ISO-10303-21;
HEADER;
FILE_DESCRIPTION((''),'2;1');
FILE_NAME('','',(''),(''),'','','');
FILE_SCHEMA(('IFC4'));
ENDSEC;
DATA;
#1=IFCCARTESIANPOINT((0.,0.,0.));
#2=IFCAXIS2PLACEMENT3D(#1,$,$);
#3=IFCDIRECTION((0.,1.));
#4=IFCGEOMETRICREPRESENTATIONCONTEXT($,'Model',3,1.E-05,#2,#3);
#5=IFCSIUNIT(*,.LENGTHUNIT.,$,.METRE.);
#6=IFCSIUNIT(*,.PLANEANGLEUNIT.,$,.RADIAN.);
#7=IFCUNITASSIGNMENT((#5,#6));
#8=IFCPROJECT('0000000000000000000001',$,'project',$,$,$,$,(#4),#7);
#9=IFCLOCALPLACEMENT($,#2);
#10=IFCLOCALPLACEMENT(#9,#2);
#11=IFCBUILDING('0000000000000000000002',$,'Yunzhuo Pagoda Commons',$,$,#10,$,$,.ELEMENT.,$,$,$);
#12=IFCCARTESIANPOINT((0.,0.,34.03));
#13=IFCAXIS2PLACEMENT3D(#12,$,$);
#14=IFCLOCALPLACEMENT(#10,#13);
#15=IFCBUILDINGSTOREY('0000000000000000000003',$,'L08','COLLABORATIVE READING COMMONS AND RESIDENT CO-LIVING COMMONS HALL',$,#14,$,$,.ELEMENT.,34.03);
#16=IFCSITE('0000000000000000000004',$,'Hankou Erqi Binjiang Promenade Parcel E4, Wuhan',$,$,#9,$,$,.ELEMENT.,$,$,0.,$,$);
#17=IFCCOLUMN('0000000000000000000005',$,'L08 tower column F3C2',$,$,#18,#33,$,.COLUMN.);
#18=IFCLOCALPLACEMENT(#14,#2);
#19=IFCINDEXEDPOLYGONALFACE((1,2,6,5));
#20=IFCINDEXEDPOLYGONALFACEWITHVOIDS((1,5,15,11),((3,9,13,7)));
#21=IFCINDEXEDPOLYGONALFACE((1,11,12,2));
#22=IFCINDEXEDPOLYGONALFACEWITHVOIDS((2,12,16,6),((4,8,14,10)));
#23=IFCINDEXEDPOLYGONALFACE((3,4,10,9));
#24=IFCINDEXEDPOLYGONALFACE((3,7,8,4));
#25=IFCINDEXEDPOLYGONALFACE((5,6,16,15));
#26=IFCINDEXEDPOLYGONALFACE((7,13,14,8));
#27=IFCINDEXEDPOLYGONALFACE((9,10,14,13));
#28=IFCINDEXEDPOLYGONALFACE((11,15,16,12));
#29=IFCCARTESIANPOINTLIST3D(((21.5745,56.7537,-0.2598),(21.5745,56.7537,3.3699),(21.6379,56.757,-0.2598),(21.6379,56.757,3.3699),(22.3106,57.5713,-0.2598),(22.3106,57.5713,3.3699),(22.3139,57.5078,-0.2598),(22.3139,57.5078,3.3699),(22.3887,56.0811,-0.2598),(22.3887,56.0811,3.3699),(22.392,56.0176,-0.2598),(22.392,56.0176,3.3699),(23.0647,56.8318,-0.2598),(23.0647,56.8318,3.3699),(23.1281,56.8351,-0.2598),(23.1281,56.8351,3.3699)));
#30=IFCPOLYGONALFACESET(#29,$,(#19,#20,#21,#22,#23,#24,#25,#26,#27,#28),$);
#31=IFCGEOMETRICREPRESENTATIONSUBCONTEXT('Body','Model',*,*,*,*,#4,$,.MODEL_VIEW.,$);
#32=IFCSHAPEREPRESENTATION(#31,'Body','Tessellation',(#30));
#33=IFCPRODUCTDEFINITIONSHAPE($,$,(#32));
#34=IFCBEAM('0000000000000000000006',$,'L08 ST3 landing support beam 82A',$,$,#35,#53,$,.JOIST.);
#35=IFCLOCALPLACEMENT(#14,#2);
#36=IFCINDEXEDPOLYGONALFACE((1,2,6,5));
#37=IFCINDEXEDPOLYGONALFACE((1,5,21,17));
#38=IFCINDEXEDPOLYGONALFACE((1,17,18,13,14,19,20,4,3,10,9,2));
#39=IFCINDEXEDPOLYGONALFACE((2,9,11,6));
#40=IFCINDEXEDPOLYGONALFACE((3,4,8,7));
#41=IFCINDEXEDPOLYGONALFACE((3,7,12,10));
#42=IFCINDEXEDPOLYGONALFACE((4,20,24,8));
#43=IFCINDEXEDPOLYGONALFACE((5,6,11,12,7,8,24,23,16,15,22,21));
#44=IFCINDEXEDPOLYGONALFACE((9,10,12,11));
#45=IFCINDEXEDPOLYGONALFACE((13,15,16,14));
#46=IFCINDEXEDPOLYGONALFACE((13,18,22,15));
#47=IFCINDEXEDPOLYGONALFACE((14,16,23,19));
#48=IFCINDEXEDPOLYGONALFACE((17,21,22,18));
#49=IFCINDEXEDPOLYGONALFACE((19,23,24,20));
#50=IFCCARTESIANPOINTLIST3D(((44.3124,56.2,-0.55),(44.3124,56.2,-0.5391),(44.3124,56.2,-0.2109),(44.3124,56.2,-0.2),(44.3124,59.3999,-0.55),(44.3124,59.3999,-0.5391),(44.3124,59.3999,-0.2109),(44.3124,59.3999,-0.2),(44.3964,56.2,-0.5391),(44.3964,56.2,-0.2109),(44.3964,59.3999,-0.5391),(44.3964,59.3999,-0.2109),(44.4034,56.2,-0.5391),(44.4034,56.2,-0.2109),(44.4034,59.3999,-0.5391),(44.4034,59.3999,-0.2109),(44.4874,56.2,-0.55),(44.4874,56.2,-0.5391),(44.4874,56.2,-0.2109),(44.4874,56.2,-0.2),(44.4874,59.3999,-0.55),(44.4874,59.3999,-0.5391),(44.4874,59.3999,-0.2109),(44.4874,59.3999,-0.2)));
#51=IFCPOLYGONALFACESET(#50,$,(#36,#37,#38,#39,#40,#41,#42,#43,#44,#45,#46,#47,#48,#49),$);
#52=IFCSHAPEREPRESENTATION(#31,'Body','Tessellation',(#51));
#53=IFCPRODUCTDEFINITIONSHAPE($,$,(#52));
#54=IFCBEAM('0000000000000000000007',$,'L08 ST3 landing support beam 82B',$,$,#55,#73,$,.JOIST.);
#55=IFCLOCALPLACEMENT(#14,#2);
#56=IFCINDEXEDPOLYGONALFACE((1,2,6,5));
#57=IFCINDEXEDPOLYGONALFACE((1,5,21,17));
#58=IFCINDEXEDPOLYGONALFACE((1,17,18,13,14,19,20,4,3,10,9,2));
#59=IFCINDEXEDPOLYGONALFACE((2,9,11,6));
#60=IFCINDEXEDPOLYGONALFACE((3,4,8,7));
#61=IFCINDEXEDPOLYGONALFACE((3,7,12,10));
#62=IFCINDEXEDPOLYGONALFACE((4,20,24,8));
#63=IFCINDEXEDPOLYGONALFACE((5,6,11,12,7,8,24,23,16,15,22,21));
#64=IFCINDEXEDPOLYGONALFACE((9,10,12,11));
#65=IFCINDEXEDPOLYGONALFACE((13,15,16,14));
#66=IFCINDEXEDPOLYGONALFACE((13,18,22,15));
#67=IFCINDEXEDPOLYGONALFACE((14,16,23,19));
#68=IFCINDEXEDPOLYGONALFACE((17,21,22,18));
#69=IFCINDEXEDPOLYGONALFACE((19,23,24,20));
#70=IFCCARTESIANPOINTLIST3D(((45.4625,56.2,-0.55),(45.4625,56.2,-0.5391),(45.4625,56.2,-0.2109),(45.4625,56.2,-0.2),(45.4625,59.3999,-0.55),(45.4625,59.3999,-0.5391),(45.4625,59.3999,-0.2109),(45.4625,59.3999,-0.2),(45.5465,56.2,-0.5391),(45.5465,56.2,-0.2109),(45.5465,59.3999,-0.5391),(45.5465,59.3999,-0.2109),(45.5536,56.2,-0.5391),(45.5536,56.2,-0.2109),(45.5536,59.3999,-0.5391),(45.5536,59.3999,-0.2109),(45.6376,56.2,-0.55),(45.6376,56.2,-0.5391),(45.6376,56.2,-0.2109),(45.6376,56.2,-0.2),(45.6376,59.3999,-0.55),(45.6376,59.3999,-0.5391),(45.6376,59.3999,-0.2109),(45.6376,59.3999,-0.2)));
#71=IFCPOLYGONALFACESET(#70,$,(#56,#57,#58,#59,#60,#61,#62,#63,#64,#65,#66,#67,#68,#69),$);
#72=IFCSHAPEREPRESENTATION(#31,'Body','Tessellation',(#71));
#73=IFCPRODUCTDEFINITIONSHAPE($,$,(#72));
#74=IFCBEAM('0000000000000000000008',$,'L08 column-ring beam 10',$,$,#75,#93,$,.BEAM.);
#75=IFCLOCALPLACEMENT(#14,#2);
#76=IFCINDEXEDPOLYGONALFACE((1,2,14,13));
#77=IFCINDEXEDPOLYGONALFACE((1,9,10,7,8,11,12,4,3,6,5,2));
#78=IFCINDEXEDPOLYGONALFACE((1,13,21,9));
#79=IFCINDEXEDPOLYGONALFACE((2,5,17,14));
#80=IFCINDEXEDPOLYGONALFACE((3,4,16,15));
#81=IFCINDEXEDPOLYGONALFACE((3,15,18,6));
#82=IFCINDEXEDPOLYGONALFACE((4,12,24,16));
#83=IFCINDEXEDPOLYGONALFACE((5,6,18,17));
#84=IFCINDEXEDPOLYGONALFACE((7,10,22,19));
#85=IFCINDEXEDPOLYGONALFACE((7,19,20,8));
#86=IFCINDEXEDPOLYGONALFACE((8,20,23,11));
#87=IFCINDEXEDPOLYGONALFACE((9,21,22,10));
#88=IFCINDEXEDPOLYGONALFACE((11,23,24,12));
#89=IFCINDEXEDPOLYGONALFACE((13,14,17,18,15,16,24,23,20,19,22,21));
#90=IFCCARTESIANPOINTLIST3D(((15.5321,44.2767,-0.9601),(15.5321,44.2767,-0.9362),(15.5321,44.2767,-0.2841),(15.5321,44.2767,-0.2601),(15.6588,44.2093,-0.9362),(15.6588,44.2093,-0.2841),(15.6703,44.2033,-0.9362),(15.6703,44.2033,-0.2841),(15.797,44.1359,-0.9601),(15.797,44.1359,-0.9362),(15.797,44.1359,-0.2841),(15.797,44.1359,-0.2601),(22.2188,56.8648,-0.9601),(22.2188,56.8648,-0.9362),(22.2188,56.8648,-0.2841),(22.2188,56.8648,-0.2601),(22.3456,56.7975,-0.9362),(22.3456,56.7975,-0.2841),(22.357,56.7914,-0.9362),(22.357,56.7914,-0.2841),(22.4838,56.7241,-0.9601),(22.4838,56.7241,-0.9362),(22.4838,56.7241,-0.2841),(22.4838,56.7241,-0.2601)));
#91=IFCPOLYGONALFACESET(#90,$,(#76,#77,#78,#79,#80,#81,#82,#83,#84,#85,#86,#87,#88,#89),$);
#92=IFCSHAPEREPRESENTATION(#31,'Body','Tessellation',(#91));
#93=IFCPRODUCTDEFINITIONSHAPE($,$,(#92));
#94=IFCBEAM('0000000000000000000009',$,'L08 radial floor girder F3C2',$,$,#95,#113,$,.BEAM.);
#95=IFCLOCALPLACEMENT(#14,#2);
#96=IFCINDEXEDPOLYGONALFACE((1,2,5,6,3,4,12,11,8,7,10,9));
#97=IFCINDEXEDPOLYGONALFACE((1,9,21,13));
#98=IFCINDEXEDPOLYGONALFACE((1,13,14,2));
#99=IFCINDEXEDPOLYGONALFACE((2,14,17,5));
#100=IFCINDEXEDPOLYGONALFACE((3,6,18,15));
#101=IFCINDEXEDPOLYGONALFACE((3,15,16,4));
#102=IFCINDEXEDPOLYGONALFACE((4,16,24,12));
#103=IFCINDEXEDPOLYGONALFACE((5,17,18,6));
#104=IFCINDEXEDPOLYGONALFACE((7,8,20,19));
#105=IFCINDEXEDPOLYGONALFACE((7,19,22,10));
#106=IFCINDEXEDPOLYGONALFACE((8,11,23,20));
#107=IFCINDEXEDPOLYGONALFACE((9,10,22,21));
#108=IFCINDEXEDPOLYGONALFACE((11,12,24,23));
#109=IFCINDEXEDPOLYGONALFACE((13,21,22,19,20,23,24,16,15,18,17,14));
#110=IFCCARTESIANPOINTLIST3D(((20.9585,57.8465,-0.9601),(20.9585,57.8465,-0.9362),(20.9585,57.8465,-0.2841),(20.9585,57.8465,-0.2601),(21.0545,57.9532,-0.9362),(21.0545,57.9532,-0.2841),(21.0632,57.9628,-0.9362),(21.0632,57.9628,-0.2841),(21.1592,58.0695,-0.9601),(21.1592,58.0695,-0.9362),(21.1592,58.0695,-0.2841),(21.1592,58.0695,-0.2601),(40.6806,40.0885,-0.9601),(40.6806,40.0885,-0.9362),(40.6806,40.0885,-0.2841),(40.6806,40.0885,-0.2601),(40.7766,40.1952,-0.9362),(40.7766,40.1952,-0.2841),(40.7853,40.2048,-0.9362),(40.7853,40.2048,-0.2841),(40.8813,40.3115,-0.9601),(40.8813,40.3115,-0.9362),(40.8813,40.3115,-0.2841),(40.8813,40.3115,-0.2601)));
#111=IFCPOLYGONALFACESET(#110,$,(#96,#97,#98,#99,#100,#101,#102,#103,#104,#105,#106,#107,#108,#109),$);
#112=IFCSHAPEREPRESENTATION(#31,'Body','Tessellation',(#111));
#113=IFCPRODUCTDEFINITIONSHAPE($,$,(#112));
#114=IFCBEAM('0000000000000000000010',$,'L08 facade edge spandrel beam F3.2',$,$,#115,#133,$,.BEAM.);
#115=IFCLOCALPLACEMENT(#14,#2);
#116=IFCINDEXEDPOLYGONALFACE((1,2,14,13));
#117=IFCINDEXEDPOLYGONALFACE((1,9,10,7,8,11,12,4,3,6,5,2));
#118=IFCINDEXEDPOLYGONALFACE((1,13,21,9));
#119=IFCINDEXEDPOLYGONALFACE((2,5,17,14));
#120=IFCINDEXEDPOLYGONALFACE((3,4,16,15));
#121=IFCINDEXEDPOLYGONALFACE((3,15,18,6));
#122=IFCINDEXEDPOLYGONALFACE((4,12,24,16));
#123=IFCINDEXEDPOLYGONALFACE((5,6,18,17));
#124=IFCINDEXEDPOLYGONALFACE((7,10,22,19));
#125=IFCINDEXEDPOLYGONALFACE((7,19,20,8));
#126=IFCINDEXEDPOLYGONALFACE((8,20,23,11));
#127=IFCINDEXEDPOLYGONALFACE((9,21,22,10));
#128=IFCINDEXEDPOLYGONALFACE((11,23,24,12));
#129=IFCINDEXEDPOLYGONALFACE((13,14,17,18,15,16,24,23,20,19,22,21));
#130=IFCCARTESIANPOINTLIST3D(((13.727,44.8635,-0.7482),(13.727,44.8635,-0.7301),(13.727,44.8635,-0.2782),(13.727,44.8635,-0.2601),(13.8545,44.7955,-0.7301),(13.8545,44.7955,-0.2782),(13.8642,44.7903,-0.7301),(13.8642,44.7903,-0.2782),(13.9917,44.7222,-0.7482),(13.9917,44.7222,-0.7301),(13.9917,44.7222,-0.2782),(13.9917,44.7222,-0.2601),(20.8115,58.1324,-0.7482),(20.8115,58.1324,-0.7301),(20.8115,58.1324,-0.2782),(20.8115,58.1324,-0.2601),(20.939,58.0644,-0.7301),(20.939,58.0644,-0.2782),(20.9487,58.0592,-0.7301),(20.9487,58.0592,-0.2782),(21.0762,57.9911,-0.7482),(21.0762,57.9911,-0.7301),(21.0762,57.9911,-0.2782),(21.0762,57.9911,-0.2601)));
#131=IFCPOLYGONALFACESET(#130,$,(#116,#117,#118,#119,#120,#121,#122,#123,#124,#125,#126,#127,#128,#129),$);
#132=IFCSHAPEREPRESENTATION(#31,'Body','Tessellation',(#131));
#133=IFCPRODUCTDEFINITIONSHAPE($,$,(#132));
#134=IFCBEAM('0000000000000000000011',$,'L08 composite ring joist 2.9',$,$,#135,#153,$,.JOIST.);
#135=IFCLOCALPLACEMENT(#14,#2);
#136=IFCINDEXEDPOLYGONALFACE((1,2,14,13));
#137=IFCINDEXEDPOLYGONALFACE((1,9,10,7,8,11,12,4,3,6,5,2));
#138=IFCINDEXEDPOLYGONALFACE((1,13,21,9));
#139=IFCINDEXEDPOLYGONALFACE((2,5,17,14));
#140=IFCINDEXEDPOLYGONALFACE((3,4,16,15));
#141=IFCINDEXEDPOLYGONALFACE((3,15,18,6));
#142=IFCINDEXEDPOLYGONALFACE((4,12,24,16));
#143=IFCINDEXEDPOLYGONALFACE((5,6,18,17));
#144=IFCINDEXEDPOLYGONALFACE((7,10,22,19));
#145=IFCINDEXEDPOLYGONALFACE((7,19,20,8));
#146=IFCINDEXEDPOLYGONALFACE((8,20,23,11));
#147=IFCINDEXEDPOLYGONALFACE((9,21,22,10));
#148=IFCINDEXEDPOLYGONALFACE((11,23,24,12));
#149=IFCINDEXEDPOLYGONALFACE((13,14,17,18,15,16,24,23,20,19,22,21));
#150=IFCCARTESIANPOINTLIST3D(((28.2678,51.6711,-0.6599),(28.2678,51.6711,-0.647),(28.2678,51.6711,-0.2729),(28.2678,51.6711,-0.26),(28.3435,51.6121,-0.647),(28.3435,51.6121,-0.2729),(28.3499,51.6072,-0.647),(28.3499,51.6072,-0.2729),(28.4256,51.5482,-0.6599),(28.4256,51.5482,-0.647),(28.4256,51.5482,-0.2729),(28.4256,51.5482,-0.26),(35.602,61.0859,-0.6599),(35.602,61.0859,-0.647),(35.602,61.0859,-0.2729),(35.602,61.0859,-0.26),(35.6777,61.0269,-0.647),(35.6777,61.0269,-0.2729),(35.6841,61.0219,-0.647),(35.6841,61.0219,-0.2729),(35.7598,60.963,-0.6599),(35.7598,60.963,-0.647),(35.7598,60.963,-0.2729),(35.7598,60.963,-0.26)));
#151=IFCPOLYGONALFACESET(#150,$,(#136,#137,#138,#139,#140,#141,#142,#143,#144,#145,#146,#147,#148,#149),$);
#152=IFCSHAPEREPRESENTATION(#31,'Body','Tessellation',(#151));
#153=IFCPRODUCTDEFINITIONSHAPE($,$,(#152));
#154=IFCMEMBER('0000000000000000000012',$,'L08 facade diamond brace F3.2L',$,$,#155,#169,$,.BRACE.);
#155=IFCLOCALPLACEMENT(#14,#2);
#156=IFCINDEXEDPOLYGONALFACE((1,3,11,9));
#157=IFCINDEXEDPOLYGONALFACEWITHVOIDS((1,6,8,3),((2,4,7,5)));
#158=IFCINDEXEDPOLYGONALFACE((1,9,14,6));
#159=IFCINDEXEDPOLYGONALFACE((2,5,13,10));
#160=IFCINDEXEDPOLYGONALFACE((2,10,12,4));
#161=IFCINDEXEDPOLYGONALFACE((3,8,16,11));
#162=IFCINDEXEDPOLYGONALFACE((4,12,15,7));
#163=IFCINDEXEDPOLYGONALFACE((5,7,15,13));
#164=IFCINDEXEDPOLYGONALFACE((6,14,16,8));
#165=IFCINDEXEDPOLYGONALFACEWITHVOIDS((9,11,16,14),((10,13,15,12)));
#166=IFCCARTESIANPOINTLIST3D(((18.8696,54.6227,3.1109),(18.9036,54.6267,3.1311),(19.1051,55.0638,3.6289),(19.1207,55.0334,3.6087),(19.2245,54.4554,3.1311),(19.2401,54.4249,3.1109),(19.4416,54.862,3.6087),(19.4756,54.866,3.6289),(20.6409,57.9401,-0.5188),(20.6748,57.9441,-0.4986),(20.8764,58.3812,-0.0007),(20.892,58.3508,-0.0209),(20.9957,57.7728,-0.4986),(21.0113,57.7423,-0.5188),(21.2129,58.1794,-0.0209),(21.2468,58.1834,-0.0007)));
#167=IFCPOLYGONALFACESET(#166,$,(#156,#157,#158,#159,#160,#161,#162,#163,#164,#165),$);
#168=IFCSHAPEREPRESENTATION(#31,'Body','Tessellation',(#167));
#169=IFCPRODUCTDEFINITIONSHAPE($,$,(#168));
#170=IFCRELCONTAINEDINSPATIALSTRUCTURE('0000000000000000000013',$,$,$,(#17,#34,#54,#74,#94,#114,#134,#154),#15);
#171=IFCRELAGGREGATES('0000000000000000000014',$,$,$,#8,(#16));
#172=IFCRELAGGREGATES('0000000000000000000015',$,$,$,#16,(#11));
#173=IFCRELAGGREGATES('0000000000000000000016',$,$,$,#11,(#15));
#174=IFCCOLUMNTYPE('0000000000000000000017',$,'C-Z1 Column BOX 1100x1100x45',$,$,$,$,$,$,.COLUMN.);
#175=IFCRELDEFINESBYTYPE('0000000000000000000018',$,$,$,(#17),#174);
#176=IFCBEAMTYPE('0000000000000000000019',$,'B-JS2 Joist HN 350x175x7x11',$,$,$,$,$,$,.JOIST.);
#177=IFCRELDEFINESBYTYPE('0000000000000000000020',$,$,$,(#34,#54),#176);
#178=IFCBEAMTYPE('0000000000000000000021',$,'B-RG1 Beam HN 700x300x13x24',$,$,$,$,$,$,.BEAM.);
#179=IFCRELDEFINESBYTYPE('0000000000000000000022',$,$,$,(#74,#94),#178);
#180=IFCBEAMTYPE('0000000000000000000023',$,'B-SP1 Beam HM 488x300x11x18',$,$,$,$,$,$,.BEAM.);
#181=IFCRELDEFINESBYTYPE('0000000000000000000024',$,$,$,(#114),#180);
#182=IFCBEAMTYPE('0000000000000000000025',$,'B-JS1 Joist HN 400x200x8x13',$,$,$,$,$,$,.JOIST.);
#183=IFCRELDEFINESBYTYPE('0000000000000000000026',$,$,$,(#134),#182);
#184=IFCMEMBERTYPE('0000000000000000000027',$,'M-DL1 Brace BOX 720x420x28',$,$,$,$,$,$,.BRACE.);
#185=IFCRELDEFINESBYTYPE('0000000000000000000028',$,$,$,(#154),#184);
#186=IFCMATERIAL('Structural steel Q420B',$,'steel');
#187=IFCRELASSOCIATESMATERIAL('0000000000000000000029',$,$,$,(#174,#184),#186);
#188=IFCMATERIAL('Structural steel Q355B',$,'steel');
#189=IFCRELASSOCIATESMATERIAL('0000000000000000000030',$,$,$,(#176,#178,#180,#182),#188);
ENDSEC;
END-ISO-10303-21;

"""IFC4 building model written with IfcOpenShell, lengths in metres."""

from ifc_helpers import new_model, si_unit, direction, frame, origin, origin_2d, place, context, subcontext, project, spatial, hollow_rectangle, i_section, extrude, source, transform, mapped, material, material_profile, profile_set, type_object, element, save


model = new_model("IFC4")

# Units and contexts
model_context = context("Model", 3, precision=1e-05, world=origin(), true_north=direction((0.0, 1.0)))
body_context = subcontext(model_context, "Body", "Model", "MODEL_VIEW")
ifc_project = project(units=[si_unit("LENGTHUNIT", "METRE"), si_unit("PLANEANGLEUNIT", "RADIAN")], contexts=[model_context])

# Site, building, storey
site_placement = place(None, origin())
site = spatial("IfcSite", under=ifc_project, at=site_placement, Name="Hankou Erqi Binjiang Promenade Parcel E4, Wuhan", CompositionType="ELEMENT", RefElevation=0.0)
building_placement = place(site_placement, origin())
building = spatial("IfcBuilding", under=site, at=building_placement, Name="Yunzhuo Pagoda Commons", CompositionType="ELEMENT")
storey_placement = place(building_placement, frame((0.0, 0.0, 34.03)))
storey = spatial("IfcBuildingStorey", under=building, at=storey_placement, Name="L08", Description="COLLABORATIVE READING COMMONS AND RESIDENT CO-LIVING COMMONS HALL", CompositionType="ELEMENT", Elevation=34.03)

# Column
ifc_material_1 = material(Name="Structural steel Q420B", Category="steel")
ifc_material_profile_1 = material_profile(ifc_material_1, hollow_rectangle(XDim=1.1001, YDim=1.1001, WallThickness=0.0449, at=origin_2d()), Name="Structural steel Q420B")
ifc_profile_set_1 = profile_set([ifc_material_profile_1], Name="Structural steel Q420B")
column_type = type_object("IfcColumnType", Name="C-Z1 Column BOX 1100x1100x45", PredefinedType="COLUMN", material=ifc_profile_set_1)
shared_shape_1 = source(origin(), body_context, "Body", "SweptSolid", [
    extrude(hollow_rectangle(XDim=1.1001, YDim=1.1001, WallThickness=0.0449, at=origin_2d()), origin(), (0.0, 0.0, 1.0), 3.6296),
])
column_placement = place(storey_placement, frame((22.3513, 56.7944, -0.2598), z_axis=(0.0, 0.0, 1.0), x_axis=(-0.669131, -0.743145, 0.0)))
element("IfcColumn", 1, at=column_placement, inside=storey, type_object=column_type, Name="L08 tower column F3C2", PredefinedType="COLUMN", context=body_context, shape_type="MappedRepresentation", body=[
    mapped(shared_shape_1, transform((0.0, 0.0, 0.0), scale=1.0)),
])

# Beams
ifc_material_2 = material(Name="Structural steel Q355B", Category="steel")
ifc_material_profile_2 = material_profile(ifc_material_2, i_section(OverallWidth=0.175, OverallDepth=0.3501, WebThickness=0.0071, FlangeThickness=0.011, at=origin_2d()), Name="Structural steel Q355B")
ifc_profile_set_2 = profile_set([ifc_material_profile_2], Name="Structural steel Q355B")
beam_type_1 = type_object("IfcBeamType", Name="B-JS2 Joist HN 350x175x7x11", PredefinedType="JOIST", material=ifc_profile_set_2)
shared_shape_2 = source(origin(), body_context, "Body", "SweptSolid", [
    extrude(i_section(OverallWidth=0.175, OverallDepth=0.3501, WebThickness=0.0071, FlangeThickness=0.011, at=origin_2d()), origin(), (0.0, 0.0, 1.0), 3.2),
])
for number, where, z_axis, x_axis, name in (
    (2, (44.3999, 56.2, -0.375), (0.0, 1.0, 0.0), (-1.0, 0.0, 0.0), "L08 ST3 landing support beam 82A"),
    (3, (45.55, 56.2, -0.375), (0.0, 1.0, 0.0), (-1.0, 0.0, 0.0), "L08 ST3 landing support beam 82B"),
):
    element("IfcBeam", number, at=place(storey_placement, frame(where, z_axis=z_axis, x_axis=x_axis)), inside=storey, type_object=beam_type_1, Name=name, PredefinedType="JOIST", context=body_context, shape_type="MappedRepresentation", body=[
        mapped(shared_shape_2, transform((0.0, 0.0, 0.0), scale=1.0)),
    ])
ifc_material_profile_3 = material_profile(ifc_material_2, i_section(OverallWidth=0.3, OverallDepth=0.7, WebThickness=0.0129, FlangeThickness=0.0239, at=origin_2d()), Name="Structural steel Q355B")
ifc_profile_set_3 = profile_set([ifc_material_profile_3], Name="Structural steel Q355B")
beam_type_2 = type_object("IfcBeamType", Name="B-RG1 Beam HN 700x300x13x24", PredefinedType="BEAM", material=ifc_profile_set_3)
shared_shape_3 = source(origin(), body_context, "Body", "SweptSolid", [
    extrude(i_section(OverallWidth=0.3, OverallDepth=0.7, WebThickness=0.0129, FlangeThickness=0.0239, at=origin_2d()), origin(), (0.0, 0.0, 1.0), 14.2539),
])
beam_1_placement = place(storey_placement, frame((22.3513, 56.7944, -0.6101), z_axis=(-0.469118, -0.883135, 0.0), x_axis=(0.883135, -0.469118, 0.0)))
element("IfcBeam", 4, at=beam_1_placement, inside=storey, type_object=beam_type_2, Name="L08 column-ring beam 10", PredefinedType="BEAM", context=body_context, shape_type="MappedRepresentation", body=[
    mapped(shared_shape_3, transform((0.0, 0.0, 0.0), scale=1.0)),
])
shared_shape_4 = source(origin(), body_context, "Body", "SweptSolid", [
    extrude(i_section(OverallWidth=0.3, OverallDepth=0.7, WebThickness=0.0129, FlangeThickness=0.0239, at=origin_2d()), origin(), (0.0, 0.0, 1.0), 26.5388),
])
beam_2_placement = place(storey_placement, frame((21.0588, 57.958, -0.6101), z_axis=(0.743142, -0.669133, 0.0), x_axis=(0.669133, 0.743142, 0.0)))
element("IfcBeam", 5, at=beam_2_placement, inside=storey, type_object=beam_type_2, Name="L08 radial floor girder F3C2", PredefinedType="BEAM", context=body_context, shape_type="MappedRepresentation", body=[
    mapped(shared_shape_4, transform((0.0, 0.0, 0.0), scale=1.0)),
])
ifc_material_profile_4 = material_profile(ifc_material_2, i_section(OverallWidth=0.3, OverallDepth=0.488, WebThickness=0.011, FlangeThickness=0.0181, at=origin_2d()), Name="Structural steel Q355B")
ifc_profile_set_4 = profile_set([ifc_material_profile_4], Name="Structural steel Q355B")
beam_type_3 = type_object("IfcBeamType", Name="B-SP1 Beam HM 488x300x11x18", PredefinedType="BEAM", material=ifc_profile_set_4)
shared_shape_5 = source(origin(), body_context, "Body", "SweptSolid", [
    extrude(i_section(OverallWidth=0.3, OverallDepth=0.488, WebThickness=0.011, FlangeThickness=0.0181, at=origin_2d()), origin(), (0.0, 0.0, 1.0), 15.0417),
])
beam_3_placement = place(storey_placement, frame((20.9438, 58.0618, -0.5042), z_axis=(-0.470991, -0.882138, 0.0), x_axis=(0.882138, -0.470991, 0.0)))
element("IfcBeam", 6, at=beam_3_placement, inside=storey, type_object=beam_type_3, Name="L08 facade edge spandrel beam F3.2", PredefinedType="BEAM", context=body_context, shape_type="MappedRepresentation", body=[
    mapped(shared_shape_5, transform((0.0, 0.0, 0.0), scale=1.0)),
])
ifc_material_profile_5 = material_profile(ifc_material_2, i_section(OverallWidth=0.2, OverallDepth=0.3999, WebThickness=0.0081, FlangeThickness=0.0129, at=origin_2d()), Name="Structural steel Q355B")
ifc_profile_set_5 = profile_set([ifc_material_profile_5], Name="Structural steel Q355B")
beam_type_4 = type_object("IfcBeamType", Name="B-JS1 Joist HN 400x200x8x13", PredefinedType="JOIST", material=ifc_profile_set_5)
shared_shape_6 = source(origin(), body_context, "Body", "SweptSolid", [
    extrude(i_section(OverallWidth=0.2, OverallDepth=0.3999, WebThickness=0.0081, FlangeThickness=0.0129, at=origin_2d()), origin(), (0.0, 0.0, 1.0), 11.9343),
])
beam_4_placement = place(storey_placement, frame((35.6809, 61.0244, -0.46), z_axis=(-0.614547, -0.788881, 0.0), x_axis=(0.788881, -0.614547, 0.0)))
element("IfcBeam", 7, at=beam_4_placement, inside=storey, type_object=beam_type_4, Name="L08 composite ring joist 2.9", PredefinedType="JOIST", context=body_context, shape_type="MappedRepresentation", body=[
    mapped(shared_shape_6, transform((0.0, 0.0, 0.0), scale=1.0)),
])

# Member
ifc_material_profile_6 = material_profile(ifc_material_1, hollow_rectangle(XDim=0.4199, YDim=0.72, WallThickness=0.0281, at=origin_2d()), Name="Structural steel Q420B")
ifc_profile_set_6 = profile_set([ifc_material_profile_6], Name="Structural steel Q420B")
member_type_1 = type_object("IfcMemberType", Name="M-DL1 Brace BOX 720x420x28", PredefinedType="BRACE", material=ifc_profile_set_6)
shared_shape_7 = source(origin(), body_context, "Body", "SweptSolid", [
    extrude(hollow_rectangle(XDim=0.4199, YDim=0.72, WallThickness=0.0281, at=origin_2d()), origin(), (0.0, 0.0, 1.0), 5.2266),
])
member_1_placement = place(storey_placement, frame((20.9438, 58.0618, -0.2598), z_axis=(-0.338894, -0.63472, 0.694465), x_axis=(0.882135, -0.470996, 0.0)))
element("IfcMember", 8, at=member_1_placement, inside=storey, type_object=member_type_1, Name="L08 facade diamond brace F3.2L", PredefinedType="BRACE", context=body_context, shape_type="MappedRepresentation", body=[
    mapped(shared_shape_7, transform((0.0, 0.0, 0.0), scale=1.0)),
])

save(model, "model.ifc")
